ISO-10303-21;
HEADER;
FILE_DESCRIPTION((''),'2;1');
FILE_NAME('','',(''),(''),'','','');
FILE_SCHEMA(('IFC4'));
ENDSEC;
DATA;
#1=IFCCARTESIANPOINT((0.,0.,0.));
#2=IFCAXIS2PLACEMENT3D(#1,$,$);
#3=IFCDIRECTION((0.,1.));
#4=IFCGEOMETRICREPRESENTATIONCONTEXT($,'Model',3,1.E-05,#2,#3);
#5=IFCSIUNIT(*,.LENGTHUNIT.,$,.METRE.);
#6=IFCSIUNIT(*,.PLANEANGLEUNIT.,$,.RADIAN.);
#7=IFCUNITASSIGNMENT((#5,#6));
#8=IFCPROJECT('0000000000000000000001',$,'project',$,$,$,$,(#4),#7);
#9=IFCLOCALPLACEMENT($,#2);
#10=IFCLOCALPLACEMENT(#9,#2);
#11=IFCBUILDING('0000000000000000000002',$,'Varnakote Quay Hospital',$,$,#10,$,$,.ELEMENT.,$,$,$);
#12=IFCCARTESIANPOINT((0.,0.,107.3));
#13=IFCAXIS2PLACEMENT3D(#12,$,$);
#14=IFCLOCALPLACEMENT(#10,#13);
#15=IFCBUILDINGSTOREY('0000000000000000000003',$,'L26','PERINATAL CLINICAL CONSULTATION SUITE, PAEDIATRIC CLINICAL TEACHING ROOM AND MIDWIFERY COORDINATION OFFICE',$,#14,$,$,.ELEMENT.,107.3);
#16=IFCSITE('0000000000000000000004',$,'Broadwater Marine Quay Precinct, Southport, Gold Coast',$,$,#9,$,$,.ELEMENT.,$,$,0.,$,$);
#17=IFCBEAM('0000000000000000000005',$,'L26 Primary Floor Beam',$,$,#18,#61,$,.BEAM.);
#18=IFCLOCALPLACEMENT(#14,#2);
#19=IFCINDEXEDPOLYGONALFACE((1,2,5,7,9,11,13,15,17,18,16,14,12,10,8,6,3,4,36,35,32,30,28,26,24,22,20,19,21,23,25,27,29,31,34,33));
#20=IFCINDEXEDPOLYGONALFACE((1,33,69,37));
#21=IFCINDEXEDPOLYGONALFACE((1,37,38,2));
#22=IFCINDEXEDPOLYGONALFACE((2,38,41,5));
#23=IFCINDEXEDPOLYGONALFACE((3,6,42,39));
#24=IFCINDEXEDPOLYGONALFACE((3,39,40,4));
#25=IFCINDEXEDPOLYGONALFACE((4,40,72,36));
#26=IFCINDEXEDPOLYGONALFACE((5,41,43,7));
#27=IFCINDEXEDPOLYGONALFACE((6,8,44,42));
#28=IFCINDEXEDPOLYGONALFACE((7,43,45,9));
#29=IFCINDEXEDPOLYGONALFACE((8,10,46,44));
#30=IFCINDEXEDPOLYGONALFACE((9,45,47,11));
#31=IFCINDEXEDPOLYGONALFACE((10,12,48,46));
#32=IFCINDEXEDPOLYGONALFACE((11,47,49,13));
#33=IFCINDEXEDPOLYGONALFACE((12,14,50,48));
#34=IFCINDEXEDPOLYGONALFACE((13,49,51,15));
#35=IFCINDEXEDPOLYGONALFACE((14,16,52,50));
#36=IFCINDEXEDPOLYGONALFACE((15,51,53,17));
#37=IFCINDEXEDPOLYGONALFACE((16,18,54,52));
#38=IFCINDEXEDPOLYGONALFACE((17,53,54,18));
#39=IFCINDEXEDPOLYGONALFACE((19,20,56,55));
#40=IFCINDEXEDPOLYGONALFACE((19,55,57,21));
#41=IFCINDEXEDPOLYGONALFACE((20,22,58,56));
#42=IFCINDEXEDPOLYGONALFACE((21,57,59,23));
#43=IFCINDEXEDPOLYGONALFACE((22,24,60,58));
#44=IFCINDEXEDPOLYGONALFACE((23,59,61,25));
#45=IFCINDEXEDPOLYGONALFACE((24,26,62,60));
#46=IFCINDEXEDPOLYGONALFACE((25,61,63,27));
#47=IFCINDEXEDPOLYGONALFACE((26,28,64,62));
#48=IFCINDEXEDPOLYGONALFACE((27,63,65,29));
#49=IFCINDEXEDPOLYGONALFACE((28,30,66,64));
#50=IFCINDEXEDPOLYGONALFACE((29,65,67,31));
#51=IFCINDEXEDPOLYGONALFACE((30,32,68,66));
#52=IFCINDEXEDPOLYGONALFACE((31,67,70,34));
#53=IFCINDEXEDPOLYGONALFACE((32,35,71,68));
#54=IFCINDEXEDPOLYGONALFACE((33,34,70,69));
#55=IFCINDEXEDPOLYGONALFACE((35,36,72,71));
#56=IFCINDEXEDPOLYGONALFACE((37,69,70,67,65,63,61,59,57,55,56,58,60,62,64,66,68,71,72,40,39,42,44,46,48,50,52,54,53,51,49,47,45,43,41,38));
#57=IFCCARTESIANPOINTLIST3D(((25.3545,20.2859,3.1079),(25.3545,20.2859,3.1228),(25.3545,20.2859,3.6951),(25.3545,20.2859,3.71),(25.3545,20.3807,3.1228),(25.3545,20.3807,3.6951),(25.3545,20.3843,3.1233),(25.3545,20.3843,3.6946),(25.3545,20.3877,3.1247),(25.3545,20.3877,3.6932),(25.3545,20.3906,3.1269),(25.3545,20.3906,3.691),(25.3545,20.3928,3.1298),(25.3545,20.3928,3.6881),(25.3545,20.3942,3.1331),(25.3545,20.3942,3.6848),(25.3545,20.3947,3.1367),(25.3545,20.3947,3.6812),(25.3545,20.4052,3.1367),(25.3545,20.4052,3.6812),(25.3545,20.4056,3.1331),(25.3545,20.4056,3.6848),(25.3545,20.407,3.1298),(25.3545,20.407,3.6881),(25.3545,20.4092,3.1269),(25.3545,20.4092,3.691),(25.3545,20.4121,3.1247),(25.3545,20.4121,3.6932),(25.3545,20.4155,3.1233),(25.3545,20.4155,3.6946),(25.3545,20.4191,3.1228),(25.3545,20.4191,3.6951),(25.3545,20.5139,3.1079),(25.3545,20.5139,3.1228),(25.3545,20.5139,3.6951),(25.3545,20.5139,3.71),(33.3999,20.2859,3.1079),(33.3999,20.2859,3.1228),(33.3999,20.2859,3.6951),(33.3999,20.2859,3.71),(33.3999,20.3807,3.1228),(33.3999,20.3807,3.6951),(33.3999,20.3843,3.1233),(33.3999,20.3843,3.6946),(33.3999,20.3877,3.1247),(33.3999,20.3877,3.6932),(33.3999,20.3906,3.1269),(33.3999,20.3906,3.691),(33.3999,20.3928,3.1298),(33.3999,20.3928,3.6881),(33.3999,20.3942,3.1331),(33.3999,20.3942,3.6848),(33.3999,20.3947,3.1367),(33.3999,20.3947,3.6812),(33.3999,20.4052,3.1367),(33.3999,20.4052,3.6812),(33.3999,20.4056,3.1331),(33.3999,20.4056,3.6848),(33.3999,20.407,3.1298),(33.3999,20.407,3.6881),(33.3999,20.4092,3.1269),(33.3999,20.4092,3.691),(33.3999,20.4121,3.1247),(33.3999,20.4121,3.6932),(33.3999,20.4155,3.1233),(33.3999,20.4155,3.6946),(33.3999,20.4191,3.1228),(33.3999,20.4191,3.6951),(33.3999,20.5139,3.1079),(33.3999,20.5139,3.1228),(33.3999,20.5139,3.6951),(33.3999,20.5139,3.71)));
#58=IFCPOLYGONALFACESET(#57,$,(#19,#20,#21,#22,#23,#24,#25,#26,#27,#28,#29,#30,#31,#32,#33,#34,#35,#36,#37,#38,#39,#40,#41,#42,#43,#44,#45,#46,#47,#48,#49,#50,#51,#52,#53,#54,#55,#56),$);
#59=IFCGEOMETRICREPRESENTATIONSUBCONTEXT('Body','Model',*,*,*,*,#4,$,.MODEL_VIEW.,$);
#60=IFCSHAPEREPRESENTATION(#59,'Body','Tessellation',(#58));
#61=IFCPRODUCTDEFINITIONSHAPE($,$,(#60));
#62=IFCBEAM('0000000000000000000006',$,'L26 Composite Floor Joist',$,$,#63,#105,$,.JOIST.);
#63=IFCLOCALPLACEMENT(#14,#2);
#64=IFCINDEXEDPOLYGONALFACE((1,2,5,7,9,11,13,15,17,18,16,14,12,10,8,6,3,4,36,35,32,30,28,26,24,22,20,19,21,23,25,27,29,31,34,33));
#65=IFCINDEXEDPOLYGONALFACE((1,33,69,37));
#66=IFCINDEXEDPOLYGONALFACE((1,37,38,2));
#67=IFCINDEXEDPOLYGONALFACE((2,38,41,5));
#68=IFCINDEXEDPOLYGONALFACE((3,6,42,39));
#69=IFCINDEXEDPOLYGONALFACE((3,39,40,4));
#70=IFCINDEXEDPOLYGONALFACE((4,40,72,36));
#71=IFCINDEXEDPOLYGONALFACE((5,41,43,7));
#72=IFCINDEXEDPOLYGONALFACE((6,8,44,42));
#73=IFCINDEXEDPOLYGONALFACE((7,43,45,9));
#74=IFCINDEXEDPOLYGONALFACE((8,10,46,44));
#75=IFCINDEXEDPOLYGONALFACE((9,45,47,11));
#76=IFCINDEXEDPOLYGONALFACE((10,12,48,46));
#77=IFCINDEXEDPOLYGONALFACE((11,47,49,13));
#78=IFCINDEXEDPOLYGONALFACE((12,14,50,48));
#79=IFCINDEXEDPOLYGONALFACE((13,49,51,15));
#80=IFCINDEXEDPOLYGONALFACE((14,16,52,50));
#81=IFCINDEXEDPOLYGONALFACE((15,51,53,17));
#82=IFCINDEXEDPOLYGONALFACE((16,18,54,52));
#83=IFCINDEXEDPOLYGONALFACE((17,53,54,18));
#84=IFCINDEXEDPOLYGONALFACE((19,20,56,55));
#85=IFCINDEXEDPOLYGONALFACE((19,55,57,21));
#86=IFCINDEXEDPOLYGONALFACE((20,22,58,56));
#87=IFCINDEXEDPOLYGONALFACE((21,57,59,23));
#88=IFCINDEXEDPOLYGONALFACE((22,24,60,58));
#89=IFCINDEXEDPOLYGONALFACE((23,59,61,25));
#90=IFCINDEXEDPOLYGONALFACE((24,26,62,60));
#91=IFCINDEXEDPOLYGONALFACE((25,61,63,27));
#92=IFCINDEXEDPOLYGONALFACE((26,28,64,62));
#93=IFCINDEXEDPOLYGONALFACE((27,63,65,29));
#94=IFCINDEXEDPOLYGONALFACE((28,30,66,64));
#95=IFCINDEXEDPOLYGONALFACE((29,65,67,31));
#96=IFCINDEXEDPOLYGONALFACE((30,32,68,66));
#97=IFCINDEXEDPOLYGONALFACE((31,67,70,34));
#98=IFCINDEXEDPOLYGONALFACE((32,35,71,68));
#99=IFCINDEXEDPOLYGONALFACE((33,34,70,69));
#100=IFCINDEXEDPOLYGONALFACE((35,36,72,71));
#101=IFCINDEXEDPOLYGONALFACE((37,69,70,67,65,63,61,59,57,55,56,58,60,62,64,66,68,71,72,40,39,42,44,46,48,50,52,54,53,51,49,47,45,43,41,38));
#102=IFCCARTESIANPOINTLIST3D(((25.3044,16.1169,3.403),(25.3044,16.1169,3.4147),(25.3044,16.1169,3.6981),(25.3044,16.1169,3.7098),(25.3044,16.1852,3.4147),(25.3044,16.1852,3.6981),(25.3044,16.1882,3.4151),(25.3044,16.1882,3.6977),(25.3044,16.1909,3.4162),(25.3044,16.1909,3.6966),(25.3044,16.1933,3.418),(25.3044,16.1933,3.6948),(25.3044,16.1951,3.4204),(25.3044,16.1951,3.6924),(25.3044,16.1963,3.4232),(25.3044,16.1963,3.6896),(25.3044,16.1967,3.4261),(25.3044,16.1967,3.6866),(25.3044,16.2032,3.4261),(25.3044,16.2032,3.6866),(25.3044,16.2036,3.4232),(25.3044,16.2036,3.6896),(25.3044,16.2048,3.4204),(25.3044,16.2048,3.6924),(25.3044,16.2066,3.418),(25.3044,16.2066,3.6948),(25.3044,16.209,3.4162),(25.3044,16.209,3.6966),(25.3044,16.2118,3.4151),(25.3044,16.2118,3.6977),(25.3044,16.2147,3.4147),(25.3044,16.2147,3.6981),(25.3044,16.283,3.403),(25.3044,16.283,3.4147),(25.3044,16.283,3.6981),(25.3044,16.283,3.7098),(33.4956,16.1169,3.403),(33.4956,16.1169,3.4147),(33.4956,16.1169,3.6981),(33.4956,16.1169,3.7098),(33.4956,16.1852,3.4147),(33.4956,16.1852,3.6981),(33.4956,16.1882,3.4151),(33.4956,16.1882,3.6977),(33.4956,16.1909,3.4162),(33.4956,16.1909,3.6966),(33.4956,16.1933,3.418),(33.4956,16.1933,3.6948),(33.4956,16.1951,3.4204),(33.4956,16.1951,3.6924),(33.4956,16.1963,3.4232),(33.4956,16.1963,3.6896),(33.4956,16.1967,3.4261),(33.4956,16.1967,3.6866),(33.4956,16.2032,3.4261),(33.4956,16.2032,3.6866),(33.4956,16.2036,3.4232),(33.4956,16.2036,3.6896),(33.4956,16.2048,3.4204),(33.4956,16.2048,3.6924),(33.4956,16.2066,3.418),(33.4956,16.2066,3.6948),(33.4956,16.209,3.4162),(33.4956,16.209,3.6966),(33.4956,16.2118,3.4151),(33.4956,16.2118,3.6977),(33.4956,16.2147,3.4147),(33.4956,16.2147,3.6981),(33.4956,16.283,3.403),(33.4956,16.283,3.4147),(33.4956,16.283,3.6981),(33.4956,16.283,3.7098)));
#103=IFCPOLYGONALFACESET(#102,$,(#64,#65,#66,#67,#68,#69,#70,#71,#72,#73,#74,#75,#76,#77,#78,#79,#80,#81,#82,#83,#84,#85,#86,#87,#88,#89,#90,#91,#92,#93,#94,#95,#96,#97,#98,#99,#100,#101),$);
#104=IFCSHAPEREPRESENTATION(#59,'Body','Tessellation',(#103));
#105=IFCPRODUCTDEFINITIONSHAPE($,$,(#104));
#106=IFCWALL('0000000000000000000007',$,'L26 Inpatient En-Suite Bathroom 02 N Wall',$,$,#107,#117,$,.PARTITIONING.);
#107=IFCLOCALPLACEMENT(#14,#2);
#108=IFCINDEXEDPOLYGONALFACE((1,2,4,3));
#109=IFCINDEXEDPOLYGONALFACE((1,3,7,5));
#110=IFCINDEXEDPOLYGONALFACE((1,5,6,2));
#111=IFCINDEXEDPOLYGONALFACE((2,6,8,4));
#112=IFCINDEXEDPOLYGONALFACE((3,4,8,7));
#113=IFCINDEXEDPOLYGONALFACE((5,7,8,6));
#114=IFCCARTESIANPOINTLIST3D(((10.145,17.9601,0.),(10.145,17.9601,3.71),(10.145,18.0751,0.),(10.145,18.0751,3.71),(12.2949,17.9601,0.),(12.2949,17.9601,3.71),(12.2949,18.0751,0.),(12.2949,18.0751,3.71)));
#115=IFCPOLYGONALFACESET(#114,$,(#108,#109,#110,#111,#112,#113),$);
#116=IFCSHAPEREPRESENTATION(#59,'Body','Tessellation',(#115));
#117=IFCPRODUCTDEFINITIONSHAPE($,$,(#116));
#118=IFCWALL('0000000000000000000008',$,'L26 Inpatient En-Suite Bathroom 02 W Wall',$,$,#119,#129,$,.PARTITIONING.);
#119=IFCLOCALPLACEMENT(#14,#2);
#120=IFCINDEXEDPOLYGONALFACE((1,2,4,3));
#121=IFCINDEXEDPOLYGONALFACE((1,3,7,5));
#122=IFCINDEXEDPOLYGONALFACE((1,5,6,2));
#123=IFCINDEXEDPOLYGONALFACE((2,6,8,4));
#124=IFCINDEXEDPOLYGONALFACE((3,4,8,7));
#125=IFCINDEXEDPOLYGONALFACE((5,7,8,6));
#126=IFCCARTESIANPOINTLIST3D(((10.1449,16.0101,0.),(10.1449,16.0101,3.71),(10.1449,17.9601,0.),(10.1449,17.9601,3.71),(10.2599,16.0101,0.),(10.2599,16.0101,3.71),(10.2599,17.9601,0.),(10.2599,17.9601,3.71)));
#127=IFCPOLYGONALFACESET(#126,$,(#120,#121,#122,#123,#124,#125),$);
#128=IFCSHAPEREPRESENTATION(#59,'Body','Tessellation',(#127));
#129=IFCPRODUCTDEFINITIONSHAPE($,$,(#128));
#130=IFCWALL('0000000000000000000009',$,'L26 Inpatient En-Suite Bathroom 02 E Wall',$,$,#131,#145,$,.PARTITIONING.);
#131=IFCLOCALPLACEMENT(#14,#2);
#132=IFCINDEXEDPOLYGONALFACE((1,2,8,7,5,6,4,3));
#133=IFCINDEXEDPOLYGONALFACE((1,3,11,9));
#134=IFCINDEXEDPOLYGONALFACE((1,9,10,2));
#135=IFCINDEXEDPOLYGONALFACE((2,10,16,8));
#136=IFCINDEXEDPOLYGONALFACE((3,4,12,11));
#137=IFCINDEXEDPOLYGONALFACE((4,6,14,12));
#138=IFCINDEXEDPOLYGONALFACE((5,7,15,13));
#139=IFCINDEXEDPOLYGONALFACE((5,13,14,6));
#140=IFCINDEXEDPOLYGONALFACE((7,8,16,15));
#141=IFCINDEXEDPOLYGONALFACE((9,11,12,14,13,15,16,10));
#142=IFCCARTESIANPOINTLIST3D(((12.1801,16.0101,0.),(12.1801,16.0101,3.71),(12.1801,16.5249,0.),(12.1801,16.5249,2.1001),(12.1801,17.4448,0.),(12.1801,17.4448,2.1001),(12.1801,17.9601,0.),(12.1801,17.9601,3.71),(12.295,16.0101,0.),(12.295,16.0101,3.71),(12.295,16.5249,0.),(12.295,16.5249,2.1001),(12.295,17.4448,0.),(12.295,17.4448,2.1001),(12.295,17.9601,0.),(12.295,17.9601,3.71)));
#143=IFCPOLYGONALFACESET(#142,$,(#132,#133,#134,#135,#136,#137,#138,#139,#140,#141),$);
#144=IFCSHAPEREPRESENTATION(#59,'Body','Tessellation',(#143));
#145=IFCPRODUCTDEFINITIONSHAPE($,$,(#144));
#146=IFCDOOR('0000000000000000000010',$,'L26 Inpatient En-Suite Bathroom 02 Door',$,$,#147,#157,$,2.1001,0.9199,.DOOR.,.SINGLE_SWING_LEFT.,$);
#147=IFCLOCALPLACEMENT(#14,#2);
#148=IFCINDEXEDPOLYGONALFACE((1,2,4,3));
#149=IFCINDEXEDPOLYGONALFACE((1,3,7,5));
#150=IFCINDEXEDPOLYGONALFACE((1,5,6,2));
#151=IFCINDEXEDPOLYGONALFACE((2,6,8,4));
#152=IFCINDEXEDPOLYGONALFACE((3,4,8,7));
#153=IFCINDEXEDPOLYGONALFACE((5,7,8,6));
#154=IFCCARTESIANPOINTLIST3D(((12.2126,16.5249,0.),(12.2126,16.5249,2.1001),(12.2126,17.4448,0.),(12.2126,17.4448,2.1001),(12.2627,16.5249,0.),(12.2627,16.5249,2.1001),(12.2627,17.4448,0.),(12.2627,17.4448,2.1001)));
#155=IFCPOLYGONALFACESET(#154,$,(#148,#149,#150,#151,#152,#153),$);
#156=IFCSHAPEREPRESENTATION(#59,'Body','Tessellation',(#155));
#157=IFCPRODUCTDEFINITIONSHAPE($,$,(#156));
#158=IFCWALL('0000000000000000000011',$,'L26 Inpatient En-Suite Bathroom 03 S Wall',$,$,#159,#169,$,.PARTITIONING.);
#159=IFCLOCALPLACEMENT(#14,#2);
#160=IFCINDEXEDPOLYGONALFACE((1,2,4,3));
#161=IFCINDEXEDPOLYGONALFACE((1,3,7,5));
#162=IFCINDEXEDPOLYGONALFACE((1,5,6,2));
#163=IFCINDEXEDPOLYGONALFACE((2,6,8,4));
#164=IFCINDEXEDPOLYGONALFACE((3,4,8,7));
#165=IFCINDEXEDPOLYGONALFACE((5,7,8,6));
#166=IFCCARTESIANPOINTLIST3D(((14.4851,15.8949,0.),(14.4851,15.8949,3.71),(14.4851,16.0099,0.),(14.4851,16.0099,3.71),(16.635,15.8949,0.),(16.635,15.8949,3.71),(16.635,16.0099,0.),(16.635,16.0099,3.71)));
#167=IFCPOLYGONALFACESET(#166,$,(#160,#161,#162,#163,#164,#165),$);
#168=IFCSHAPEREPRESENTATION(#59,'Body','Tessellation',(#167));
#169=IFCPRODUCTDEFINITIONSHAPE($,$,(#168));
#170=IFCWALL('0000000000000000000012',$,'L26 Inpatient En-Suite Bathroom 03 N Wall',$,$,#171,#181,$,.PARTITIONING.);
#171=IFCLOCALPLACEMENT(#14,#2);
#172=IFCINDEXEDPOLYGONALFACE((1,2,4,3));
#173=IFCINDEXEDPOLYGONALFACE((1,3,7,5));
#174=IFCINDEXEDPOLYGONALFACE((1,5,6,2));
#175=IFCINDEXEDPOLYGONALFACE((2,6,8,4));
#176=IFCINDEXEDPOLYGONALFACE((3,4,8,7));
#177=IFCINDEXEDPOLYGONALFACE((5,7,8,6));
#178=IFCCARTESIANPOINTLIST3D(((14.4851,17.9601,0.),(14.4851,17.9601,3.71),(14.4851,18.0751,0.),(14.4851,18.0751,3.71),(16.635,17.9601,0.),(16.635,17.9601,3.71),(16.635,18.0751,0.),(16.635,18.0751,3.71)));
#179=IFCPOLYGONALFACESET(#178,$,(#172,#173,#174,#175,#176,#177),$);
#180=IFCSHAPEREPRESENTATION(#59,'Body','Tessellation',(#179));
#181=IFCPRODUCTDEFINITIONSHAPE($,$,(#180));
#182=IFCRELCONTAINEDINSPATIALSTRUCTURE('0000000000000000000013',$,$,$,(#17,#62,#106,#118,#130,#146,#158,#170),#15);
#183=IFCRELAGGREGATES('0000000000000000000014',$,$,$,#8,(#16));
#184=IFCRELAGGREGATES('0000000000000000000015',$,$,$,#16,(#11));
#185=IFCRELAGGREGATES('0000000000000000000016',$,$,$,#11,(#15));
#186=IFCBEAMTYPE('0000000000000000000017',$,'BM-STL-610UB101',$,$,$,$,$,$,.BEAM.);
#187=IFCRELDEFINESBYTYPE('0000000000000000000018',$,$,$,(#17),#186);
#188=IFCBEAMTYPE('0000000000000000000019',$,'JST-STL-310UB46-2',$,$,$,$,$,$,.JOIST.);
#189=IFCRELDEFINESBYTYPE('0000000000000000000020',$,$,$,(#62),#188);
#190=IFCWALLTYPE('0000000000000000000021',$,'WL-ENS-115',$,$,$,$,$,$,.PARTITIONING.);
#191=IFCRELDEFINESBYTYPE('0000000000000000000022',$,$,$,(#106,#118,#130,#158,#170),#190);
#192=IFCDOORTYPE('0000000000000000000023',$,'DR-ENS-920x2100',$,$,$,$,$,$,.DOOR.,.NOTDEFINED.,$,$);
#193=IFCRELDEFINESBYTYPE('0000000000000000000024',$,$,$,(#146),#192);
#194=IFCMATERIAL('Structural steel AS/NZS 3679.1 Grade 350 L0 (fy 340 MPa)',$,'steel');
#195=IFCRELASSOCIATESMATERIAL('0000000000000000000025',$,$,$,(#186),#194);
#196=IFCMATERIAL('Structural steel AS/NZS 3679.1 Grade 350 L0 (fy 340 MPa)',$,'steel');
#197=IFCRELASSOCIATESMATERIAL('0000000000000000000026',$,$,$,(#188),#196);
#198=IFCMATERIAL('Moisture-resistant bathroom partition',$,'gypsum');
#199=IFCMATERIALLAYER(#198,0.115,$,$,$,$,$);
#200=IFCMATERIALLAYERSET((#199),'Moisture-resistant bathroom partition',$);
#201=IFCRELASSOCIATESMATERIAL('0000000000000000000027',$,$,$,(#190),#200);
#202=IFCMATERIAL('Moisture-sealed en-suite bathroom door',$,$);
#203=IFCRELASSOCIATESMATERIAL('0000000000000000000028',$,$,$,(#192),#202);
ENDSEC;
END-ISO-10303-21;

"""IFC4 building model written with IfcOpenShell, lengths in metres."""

from ifc_helpers import new_model, si_unit, direction, frame, frame_2d, origin, origin_2d, place, context, subcontext, project, spatial, rectangle, i_section, extrude, material, layer, layer_set, material_profile, profile_set, type_object, element, fill, save


model = new_model("IFC4")

# Units and contexts
model_context = context("Model", 3, precision=1e-05, world=origin(), true_north=direction((0.0, 1.0)))
body_context = subcontext(model_context, "Body", "Model", "MODEL_VIEW")
ifc_project = project(units=[si_unit("LENGTHUNIT", "METRE"), si_unit("PLANEANGLEUNIT", "RADIAN")], contexts=[model_context])

# Site, building, storey
site_placement = place(None, origin())
site = spatial("IfcSite", under=ifc_project, at=site_placement, Name="Broadwater Marine Quay Precinct, Southport, Gold Coast", CompositionType="ELEMENT", RefElevation=0.0)
building_placement = place(site_placement, origin())
building = spatial("IfcBuilding", under=site, at=building_placement, Name="Varnakote Quay Hospital", CompositionType="ELEMENT")
storey_placement = place(building_placement, frame((0.0, 0.0, 107.3)))
storey = spatial("IfcBuildingStorey", under=building, at=storey_placement, Name="L26", Description="PERINATAL CLINICAL CONSULTATION SUITE, PAEDIATRIC CLINICAL TEACHING ROOM AND MIDWIFERY COORDINATION OFFICE", CompositionType="ELEMENT", Elevation=107.3)

# Beams
ifc_material_1 = material(Name="Structural steel AS/NZS 3679.1 Grade 350 L0 (fy 340 MPa)", Category="steel")
ifc_material_profile_1 = material_profile(ifc_material_1, i_section(OverallWidth=0.228, OverallDepth=0.6021, WebThickness=0.0105, FlangeThickness=0.0149, FilletRadius=0.0139, at=origin_2d()), Name="610UB101")
ifc_profile_set_1 = profile_set([ifc_material_profile_1], Name="Structural steel AS/NZS 3679.1 Grade 350 L0 (fy 340 MPa)")
beam_type_1 = type_object("IfcBeamType", Name="BM-STL-610UB101", PredefinedType="BEAM", material=ifc_profile_set_1)
for number, where, z_axis, x_axis, name in (
    (1, (25.3545, 20.3999, 3.4089), (1.0, 0.0, 0.0), (0.0, 1.0, 0.0), "L26 Primary Floor Beam"),
):
    element("IfcBeam", number, at=place(storey_placement, frame(where, z_axis=z_axis, x_axis=x_axis)), inside=storey, type_object=beam_type_1, Name=name, PredefinedType="BEAM", context=body_context, shape_type="SweptSolid", body=[
        extrude(i_section(OverallWidth=0.228, OverallDepth=0.6021, WebThickness=0.0105, FlangeThickness=0.0149, FilletRadius=0.0139, at=origin_2d()), origin(), (0.0, 0.0, 1.0), 8.0454),
    ])
ifc_material_2 = material(Name="Structural steel AS/NZS 3679.1 Grade 350 L0 (fy 340 MPa)", Category="steel")
ifc_material_profile_2 = material_profile(ifc_material_2, i_section(OverallWidth=0.166, OverallDepth=0.3069, WebThickness=0.0066, FlangeThickness=0.0117, FilletRadius=0.0115, at=origin_2d()), Name="310UB46.2")
ifc_profile_set_2 = profile_set([ifc_material_profile_2], Name="Structural steel AS/NZS 3679.1 Grade 350 L0 (fy 340 MPa)")
beam_type_2 = type_object("IfcBeamType", Name="JST-STL-310UB46-2", PredefinedType="JOIST", material=ifc_profile_set_2)
beam_1_placement = place(storey_placement, frame((25.3044, 16.2, 3.5564), z_axis=(1.0, 0.0, 0.0), x_axis=(0.0, 1.0, 0.0)))
element("IfcBeam", 2, at=beam_1_placement, inside=storey, type_object=beam_type_2, Name="L26 Composite Floor Joist", PredefinedType="JOIST", context=body_context, shape_type="SweptSolid", body=[
    extrude(i_section(OverallWidth=0.166, OverallDepth=0.3069, WebThickness=0.0066, FlangeThickness=0.0117, FilletRadius=0.0115, at=origin_2d()), origin(), (0.0, 0.0, 1.0), 8.1912),
])

# Walls
ifc_material_3 = material(Name="Moisture-resistant bathroom partition", Category="gypsum")
ifc_layer_1 = layer(ifc_material_3, 0.115)
ifc_layer_set_1 = layer_set([ifc_layer_1], Name="Moisture-resistant bathroom partition")
wall_type_1 = type_object("IfcWallType", Name="WL-ENS-115", PredefinedType="PARTITIONING", material=ifc_layer_set_1)
wall_1_placement = place(storey_placement, frame((10.145, 18.0176, 0.0), z_axis=(0.0, 0.0, 1.0), x_axis=(1.0, 0.0, 0.0)))
element("IfcWall", 3, at=wall_1_placement, inside=storey, type_object=wall_type_1, Name="L26 Inpatient En-Suite Bathroom 02 N Wall", PredefinedType="PARTITIONING", context=body_context, shape_type="SweptSolid", body=[
    extrude(rectangle(XDim=2.1499, YDim=0.115, at=frame_2d((1.075, 0.0))), origin(), (0.0, 0.0, 1.0), 3.71),
])
wall_2_placement = place(storey_placement, frame((10.2024, 16.01, 0.0), z_axis=(0.0, 0.0, 1.0), x_axis=(0.0, 1.0, 0.0)))
element("IfcWall", 4, at=wall_2_placement, inside=storey, type_object=wall_type_1, Name="L26 Inpatient En-Suite Bathroom 02 W Wall", PredefinedType="PARTITIONING", context=body_context, shape_type="SweptSolid", body=[
    extrude(rectangle(XDim=1.95, YDim=0.115, at=frame_2d((0.9751, 0.0))), origin(), (0.0, 0.0, 1.0), 3.71),
])

# Wall, opening, door
wall_3_placement = place(storey_placement, frame((12.2375, 16.01, 0.0), z_axis=(0.0, 0.0, 1.0), x_axis=(0.0, 1.0, 0.0)))
wall_3 = element("IfcWall", 5, at=wall_3_placement, inside=storey, type_object=wall_type_1, Name="L26 Inpatient En-Suite Bathroom 02 E Wall", PredefinedType="PARTITIONING", context=body_context, shape_type="SweptSolid", body=[
    extrude(rectangle(XDim=1.95, YDim=0.115, at=frame_2d((0.9751, 0.0))), origin(), (0.0, 0.0, 1.0), 3.71),
])
opening_1_placement = place(wall_3_placement, frame((0.5149, 0.0, 0.0)))
opening_1 = element("IfcOpeningElement", 6, at=opening_1_placement, cuts=wall_3, PredefinedType="OPENING", context=body_context, shape_type="SweptSolid", body=[
    extrude(rectangle(XDim=0.9199, YDim=2.1001, at=frame_2d((0.46, 1.05))), frame((0.0, 0.0674, 0.0), z_axis=(0.0, -1.0, 0.0), x_axis=(1.0, 0.0, 0.0)), (0.0, 0.0, 1.0), 0.135),
])
ifc_material_4 = material(Name="Moisture-sealed en-suite bathroom door")
door_type_1 = type_object("IfcDoorType", Name="DR-ENS-920x2100", OperationType="NOTDEFINED", PredefinedType="DOOR", material=ifc_material_4)
door_1_placement = place(opening_1_placement, origin())
door_1 = element("IfcDoor", 7, at=door_1_placement, inside=storey, type_object=door_type_1, Name="L26 Inpatient En-Suite Bathroom 02 Door", OperationType="SINGLE_SWING_LEFT", OverallHeight=2.1001, OverallWidth=0.9199, PredefinedType="DOOR", context=body_context, shape_type="SweptSolid", body=[
    extrude(rectangle(XDim=0.9199, YDim=2.1001, at=frame_2d((0.46, 1.05))), frame((0.0, 0.0249, 0.0), z_axis=(0.0, -1.0, 0.0), x_axis=(1.0, 0.0, 0.0)), (0.0, 0.0, 1.0), 0.05),
])
fill(opening_1, door_1)

# Walls
for number, where, z_axis, x_axis, name in (
    (8, (14.4851, 15.9524, 0.0), (0.0, 0.0, 1.0), (1.0, 0.0, 0.0), "L26 Inpatient En-Suite Bathroom 03 S Wall"),
    (9, (14.4851, 18.0176, 0.0), (0.0, 0.0, 1.0), (1.0, 0.0, 0.0), "L26 Inpatient En-Suite Bathroom 03 N Wall"),
):
    element("IfcWall", number, at=place(storey_placement, frame(where, z_axis=z_axis, x_axis=x_axis)), inside=storey, type_object=wall_type_1, Name=name, PredefinedType="PARTITIONING", context=body_context, shape_type="SweptSolid", body=[
        extrude(rectangle(XDim=2.1499, YDim=0.115, at=frame_2d((1.075, 0.0))), origin(), (0.0, 0.0, 1.0), 3.71),
    ])

save(model, "model.ifc")
